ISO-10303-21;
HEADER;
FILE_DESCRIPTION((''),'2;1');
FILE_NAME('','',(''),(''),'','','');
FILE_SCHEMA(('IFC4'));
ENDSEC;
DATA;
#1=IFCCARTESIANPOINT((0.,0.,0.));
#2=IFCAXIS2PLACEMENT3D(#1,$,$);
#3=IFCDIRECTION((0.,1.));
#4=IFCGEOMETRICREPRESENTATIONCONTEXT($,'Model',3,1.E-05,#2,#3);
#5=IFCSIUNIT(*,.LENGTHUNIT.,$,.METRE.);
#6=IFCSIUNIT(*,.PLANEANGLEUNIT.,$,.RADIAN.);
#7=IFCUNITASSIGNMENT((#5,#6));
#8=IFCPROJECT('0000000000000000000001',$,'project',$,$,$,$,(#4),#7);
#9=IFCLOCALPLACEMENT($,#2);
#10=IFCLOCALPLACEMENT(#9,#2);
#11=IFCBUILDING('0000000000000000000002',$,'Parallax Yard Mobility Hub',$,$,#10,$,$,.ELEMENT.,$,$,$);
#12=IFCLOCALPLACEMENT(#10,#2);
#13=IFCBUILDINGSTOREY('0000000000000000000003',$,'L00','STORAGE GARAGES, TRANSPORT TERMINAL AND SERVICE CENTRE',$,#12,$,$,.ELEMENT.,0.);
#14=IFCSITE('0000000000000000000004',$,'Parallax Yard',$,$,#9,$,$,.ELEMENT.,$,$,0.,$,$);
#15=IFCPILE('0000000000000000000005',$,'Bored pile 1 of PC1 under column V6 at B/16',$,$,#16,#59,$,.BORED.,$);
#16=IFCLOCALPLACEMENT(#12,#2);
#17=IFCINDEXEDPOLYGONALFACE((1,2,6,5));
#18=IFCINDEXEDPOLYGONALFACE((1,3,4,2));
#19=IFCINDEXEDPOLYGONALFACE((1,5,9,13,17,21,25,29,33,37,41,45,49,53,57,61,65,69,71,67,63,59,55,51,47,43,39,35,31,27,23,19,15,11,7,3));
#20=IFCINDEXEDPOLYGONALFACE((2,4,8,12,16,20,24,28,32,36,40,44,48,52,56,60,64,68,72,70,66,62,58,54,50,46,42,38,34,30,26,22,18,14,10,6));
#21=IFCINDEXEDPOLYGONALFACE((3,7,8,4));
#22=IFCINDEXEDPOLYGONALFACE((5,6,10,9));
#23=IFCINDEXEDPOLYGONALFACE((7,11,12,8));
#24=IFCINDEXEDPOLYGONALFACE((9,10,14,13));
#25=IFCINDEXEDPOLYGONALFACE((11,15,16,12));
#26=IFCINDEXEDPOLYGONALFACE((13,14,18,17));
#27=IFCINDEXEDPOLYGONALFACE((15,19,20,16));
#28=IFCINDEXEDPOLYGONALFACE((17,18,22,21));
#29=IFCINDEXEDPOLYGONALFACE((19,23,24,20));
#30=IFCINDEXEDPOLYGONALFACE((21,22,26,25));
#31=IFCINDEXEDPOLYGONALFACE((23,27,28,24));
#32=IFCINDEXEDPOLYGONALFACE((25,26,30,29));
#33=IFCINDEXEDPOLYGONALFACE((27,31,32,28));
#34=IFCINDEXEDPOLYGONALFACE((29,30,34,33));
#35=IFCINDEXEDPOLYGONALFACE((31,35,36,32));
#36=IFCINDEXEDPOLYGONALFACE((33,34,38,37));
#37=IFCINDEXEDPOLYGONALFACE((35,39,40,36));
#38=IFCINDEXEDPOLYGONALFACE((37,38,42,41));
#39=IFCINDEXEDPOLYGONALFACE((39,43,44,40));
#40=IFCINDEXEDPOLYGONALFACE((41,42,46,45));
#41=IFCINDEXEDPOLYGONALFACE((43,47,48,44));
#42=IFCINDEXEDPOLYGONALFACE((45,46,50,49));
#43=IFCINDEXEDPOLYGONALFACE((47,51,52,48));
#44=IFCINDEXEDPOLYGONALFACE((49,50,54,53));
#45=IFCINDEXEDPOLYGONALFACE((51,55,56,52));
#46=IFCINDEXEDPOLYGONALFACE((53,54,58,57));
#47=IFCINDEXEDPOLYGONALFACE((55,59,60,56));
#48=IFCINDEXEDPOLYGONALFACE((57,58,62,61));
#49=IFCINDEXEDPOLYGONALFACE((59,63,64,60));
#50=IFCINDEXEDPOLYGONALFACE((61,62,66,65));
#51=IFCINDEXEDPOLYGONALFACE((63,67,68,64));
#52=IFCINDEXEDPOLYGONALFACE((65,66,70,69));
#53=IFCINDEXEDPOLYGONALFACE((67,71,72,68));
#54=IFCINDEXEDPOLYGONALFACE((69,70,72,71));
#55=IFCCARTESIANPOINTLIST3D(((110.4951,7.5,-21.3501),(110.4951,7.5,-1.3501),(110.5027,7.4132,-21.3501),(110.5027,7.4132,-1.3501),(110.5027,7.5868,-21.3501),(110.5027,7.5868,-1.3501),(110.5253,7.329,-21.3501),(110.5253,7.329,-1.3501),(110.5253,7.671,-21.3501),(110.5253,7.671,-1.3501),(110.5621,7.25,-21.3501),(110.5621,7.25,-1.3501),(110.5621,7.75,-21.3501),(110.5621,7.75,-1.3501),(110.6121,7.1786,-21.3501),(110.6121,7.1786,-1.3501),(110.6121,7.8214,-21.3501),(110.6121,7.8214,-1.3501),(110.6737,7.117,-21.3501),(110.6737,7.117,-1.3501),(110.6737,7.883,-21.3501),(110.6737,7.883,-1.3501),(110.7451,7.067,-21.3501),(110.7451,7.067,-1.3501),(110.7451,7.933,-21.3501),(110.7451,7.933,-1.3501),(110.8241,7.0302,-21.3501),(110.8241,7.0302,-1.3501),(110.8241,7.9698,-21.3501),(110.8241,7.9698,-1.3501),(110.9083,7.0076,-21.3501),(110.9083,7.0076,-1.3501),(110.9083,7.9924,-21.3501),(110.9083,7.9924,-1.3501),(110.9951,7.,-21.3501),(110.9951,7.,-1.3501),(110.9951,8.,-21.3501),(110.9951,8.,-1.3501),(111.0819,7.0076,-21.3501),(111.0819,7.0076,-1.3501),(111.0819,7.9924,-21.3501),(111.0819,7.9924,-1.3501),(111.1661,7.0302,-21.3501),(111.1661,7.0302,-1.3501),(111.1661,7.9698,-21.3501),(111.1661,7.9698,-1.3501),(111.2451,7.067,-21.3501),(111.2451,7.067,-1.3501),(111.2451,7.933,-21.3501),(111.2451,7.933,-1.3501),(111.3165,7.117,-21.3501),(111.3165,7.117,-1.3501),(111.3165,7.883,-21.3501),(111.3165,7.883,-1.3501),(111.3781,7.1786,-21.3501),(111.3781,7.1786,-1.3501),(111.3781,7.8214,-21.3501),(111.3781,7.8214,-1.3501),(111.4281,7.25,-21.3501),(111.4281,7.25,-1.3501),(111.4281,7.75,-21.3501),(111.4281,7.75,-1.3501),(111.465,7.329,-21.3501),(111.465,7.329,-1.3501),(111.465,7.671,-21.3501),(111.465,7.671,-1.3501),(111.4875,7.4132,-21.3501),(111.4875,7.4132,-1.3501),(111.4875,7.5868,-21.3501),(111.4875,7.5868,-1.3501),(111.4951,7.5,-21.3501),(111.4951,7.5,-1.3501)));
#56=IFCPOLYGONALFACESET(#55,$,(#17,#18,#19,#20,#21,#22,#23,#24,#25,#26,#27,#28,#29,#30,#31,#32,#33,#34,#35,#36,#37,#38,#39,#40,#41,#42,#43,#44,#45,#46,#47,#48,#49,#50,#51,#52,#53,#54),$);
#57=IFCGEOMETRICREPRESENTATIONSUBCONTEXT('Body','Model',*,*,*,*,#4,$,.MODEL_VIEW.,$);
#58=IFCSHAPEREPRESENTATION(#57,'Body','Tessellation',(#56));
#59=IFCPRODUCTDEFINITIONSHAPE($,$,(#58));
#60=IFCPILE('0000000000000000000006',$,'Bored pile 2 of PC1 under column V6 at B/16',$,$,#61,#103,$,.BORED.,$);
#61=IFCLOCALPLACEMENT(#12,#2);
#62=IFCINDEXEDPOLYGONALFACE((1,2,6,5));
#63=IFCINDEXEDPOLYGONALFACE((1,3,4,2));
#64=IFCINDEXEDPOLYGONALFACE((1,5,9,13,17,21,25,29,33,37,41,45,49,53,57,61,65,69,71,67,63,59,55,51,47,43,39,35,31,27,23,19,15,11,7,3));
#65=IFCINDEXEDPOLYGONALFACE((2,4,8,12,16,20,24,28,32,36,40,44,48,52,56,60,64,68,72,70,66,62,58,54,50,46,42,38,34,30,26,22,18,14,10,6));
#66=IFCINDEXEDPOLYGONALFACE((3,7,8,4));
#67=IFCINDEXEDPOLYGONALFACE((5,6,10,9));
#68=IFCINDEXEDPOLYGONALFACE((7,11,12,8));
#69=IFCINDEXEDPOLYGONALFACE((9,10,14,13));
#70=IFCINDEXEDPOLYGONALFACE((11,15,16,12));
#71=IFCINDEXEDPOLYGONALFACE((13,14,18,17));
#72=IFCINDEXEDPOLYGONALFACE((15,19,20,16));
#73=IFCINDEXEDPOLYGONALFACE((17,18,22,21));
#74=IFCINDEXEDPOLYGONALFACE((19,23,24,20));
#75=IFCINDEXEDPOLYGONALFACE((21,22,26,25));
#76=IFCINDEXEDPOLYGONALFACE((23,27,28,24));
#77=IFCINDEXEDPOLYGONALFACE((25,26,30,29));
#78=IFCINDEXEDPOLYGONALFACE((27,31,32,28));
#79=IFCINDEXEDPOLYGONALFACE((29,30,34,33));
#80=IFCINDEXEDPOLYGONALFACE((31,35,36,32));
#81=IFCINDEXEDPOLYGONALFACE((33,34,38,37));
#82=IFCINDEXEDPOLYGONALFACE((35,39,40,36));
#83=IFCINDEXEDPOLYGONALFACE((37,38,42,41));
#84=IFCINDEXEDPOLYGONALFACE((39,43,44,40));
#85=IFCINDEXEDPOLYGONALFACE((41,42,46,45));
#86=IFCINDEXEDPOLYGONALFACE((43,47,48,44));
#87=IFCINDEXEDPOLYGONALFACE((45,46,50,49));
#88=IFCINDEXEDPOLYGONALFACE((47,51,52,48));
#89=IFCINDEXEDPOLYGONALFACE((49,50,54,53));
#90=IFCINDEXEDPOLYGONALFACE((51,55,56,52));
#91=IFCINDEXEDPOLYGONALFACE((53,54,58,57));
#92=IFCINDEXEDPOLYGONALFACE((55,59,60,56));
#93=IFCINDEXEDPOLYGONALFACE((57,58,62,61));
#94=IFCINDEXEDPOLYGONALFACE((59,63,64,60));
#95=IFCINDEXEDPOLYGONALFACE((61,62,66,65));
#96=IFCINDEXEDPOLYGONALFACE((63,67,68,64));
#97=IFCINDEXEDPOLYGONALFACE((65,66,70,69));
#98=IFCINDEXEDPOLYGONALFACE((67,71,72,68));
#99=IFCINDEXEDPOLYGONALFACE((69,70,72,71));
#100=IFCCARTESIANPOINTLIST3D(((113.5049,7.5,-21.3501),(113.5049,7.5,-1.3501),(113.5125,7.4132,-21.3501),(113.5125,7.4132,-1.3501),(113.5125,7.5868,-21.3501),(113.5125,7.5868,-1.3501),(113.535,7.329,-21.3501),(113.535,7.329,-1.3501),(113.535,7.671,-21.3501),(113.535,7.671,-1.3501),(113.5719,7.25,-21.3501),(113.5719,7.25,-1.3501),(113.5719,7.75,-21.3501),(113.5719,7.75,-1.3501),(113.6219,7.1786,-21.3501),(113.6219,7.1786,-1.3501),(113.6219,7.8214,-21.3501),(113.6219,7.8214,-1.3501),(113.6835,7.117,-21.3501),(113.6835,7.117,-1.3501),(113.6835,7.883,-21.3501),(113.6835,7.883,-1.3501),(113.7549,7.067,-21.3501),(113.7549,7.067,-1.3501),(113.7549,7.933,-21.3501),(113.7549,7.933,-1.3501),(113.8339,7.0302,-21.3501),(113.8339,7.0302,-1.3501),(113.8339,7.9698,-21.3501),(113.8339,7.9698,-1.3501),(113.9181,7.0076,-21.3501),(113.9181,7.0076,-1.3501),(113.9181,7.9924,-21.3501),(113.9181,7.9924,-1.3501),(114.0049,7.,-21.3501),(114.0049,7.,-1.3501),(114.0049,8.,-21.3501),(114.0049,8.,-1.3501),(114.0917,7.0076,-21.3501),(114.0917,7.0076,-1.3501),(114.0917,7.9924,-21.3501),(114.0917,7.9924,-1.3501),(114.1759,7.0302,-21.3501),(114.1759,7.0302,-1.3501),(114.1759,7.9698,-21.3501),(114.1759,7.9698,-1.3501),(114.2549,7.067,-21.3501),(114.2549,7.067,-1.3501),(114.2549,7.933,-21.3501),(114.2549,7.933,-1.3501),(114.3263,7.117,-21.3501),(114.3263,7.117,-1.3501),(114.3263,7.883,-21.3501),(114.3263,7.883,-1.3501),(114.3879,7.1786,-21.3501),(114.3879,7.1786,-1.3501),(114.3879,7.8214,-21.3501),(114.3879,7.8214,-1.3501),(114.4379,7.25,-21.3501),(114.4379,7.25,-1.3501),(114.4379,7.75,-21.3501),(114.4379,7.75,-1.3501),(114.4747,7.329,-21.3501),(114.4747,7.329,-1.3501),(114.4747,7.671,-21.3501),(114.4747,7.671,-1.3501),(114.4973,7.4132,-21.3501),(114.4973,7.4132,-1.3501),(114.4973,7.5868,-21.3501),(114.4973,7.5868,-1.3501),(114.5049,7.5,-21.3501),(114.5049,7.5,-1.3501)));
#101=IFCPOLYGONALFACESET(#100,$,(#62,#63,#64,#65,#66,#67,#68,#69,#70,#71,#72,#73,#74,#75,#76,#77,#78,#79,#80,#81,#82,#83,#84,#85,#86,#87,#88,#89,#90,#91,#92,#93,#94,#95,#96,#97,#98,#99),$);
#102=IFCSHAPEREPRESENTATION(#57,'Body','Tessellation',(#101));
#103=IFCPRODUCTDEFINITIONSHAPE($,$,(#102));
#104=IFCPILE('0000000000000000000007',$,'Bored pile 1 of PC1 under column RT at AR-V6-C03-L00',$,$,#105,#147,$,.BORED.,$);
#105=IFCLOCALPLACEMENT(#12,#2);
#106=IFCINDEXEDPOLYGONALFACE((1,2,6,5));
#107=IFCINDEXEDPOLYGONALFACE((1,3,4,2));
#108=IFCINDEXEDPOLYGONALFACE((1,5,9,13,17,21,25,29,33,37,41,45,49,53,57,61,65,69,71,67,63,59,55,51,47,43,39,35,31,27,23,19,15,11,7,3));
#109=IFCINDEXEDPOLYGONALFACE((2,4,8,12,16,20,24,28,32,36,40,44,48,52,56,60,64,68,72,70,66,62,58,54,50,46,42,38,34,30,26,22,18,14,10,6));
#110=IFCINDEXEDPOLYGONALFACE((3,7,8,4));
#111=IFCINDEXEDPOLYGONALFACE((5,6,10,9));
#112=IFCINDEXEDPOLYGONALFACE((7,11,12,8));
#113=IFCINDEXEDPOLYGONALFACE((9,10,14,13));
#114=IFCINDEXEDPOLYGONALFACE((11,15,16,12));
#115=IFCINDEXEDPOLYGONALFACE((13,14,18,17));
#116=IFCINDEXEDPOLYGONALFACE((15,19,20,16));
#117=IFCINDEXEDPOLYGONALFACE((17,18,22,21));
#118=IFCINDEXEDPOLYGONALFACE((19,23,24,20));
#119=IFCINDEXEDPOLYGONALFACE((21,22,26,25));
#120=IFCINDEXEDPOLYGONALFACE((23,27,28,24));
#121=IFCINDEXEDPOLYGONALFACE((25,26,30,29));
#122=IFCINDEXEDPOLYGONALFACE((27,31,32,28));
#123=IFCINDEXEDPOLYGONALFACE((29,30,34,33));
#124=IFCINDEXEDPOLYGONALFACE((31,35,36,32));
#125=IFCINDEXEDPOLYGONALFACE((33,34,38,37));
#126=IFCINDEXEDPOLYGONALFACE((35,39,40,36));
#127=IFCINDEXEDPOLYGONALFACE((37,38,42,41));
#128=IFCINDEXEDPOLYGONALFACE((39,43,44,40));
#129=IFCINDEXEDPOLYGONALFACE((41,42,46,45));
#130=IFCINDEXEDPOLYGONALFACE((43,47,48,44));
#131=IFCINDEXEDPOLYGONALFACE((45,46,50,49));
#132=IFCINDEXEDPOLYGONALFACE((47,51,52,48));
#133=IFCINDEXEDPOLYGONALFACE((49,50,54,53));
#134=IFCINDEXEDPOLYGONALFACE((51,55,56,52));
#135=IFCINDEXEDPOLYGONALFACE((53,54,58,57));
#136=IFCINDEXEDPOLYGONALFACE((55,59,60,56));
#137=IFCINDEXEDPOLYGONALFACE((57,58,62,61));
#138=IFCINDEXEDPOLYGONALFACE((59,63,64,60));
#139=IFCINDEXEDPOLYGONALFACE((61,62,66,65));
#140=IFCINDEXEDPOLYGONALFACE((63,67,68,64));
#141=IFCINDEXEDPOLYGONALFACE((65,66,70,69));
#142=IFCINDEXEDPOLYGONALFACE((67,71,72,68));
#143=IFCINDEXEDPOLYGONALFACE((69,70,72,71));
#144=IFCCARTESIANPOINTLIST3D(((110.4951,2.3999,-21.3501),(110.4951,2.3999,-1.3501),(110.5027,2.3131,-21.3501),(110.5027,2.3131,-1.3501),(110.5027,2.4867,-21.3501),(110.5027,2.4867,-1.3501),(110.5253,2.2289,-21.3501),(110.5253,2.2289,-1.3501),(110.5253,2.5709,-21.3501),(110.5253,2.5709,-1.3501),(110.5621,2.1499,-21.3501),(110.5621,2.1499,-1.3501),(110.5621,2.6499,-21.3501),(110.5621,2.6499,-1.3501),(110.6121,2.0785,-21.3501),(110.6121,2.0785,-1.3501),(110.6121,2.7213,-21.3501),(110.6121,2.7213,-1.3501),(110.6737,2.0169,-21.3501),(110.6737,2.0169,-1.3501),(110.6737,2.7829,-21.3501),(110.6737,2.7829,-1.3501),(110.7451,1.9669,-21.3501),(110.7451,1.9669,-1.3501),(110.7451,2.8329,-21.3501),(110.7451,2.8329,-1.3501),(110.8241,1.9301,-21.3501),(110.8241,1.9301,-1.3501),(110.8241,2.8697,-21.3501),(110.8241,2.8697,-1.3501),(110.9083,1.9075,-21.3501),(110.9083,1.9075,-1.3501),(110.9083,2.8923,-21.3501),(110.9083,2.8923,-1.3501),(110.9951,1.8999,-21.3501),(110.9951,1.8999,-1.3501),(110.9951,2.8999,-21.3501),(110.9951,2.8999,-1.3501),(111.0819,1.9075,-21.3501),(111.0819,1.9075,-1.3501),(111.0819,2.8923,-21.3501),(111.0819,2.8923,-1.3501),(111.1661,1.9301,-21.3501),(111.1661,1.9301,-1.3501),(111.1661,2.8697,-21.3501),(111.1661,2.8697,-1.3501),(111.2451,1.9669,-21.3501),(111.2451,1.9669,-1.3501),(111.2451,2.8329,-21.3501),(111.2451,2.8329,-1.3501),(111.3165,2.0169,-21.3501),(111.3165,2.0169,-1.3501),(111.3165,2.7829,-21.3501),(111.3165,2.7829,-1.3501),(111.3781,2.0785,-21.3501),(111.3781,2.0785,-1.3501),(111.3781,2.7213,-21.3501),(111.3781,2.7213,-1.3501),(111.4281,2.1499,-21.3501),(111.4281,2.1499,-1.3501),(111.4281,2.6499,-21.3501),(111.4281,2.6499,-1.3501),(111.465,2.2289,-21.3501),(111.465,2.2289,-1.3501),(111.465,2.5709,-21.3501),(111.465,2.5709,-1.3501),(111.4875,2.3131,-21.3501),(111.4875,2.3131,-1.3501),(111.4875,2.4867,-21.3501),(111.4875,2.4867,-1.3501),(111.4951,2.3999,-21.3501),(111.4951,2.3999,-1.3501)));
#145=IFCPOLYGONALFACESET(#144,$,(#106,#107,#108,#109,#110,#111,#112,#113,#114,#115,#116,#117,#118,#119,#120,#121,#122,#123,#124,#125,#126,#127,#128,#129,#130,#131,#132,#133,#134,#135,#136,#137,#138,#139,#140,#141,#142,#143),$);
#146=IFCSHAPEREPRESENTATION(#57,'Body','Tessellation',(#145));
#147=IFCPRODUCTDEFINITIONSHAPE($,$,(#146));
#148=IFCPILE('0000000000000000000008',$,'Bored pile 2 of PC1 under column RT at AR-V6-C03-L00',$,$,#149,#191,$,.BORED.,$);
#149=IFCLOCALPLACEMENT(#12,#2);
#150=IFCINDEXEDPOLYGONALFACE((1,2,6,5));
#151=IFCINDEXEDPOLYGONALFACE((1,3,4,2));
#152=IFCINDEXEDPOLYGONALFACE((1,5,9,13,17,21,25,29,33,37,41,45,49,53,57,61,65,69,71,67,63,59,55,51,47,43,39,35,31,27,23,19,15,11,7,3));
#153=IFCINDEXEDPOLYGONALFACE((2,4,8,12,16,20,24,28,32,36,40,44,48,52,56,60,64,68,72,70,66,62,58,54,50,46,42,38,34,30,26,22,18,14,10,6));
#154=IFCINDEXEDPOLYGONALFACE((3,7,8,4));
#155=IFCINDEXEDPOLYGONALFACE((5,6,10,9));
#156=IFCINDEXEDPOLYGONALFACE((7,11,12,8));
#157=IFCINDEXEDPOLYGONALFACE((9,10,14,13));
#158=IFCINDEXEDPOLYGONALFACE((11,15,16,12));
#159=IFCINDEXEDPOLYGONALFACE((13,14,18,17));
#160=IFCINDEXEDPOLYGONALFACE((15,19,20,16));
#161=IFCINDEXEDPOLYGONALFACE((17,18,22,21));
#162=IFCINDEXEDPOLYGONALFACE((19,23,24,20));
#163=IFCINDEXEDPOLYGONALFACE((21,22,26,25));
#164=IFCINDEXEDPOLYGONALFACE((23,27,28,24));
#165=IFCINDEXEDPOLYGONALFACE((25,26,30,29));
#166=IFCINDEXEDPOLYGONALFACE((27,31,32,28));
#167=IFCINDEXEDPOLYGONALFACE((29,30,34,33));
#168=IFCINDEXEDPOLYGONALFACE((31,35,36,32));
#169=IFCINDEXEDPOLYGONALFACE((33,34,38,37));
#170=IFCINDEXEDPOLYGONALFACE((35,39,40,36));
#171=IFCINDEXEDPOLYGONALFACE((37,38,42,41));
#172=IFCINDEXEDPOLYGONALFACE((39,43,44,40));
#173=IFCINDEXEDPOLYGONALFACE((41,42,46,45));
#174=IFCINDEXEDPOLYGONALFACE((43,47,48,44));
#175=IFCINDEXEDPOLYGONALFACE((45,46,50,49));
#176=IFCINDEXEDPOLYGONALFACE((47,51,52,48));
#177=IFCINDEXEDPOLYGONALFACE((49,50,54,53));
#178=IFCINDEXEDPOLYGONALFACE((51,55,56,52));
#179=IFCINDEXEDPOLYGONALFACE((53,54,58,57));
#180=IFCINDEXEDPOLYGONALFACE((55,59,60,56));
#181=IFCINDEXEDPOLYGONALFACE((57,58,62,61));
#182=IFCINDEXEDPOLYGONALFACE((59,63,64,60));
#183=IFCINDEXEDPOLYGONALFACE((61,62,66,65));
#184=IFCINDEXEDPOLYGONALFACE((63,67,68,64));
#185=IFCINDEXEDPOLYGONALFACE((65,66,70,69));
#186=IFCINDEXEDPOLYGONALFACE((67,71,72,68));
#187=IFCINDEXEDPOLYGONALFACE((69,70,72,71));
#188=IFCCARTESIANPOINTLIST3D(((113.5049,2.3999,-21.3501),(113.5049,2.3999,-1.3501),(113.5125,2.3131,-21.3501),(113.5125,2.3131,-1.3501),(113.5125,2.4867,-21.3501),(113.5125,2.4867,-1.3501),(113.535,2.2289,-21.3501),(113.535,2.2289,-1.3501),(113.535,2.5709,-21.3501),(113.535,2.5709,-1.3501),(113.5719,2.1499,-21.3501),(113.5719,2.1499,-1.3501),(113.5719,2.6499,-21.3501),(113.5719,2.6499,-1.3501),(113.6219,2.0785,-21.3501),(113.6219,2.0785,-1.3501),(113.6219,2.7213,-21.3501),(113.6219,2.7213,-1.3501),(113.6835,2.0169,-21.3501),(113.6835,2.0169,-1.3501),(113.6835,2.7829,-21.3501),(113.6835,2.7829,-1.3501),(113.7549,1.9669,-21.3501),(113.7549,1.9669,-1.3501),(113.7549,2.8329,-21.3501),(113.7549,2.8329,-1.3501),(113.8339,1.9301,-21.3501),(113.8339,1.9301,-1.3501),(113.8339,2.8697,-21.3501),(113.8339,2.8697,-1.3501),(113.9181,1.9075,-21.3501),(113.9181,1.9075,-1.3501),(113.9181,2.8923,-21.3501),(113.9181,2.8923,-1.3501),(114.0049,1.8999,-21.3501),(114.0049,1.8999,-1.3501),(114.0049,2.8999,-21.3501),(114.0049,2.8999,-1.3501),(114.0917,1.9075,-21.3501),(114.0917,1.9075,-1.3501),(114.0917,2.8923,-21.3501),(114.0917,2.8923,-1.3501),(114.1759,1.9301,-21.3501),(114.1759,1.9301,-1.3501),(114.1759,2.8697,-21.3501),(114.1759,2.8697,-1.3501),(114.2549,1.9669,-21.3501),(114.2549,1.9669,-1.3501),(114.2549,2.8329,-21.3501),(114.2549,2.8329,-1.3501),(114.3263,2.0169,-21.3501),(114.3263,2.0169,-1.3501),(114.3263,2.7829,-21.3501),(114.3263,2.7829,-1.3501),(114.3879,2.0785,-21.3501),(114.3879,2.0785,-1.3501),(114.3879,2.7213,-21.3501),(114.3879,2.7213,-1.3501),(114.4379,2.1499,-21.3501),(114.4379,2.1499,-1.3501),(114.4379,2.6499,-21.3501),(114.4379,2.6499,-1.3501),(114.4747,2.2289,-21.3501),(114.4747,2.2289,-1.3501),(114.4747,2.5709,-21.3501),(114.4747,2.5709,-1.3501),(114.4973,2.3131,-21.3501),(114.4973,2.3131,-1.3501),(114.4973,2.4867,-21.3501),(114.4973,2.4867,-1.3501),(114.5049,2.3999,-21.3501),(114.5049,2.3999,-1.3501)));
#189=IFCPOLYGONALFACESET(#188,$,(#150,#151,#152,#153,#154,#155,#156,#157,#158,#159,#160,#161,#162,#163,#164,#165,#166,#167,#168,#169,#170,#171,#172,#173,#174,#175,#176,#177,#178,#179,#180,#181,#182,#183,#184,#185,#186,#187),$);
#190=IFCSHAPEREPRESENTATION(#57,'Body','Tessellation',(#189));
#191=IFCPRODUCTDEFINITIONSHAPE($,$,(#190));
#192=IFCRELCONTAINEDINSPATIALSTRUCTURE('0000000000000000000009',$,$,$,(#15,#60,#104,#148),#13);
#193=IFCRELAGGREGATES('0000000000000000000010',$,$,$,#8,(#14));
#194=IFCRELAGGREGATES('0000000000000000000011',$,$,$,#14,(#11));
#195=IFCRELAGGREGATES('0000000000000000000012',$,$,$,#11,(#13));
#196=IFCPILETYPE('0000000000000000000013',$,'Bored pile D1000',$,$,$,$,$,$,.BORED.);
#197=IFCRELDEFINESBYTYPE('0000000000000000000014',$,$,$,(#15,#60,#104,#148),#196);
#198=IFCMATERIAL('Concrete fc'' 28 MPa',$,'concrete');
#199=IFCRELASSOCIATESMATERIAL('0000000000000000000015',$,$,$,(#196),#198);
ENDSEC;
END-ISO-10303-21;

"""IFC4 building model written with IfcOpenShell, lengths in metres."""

from ifc_helpers import new_model, si_unit, direction, frame, origin, origin_2d, place, context, subcontext, project, spatial, circle, extrude, material, material_profile, profile_set, type_object, element, save


model = new_model("IFC4")

# Units and contexts
model_context = context("Model", 3, precision=1e-05, world=origin(), true_north=direction((0.0, 1.0)))
body_context = subcontext(model_context, "Body", "Model", "MODEL_VIEW")
ifc_project = project(units=[si_unit("LENGTHUNIT", "METRE"), si_unit("PLANEANGLEUNIT", "RADIAN")], contexts=[model_context])

# Site, building, storey
site_placement = place(None, origin())
site = spatial("IfcSite", under=ifc_project, at=site_placement, Name="Parallax Yard", CompositionType="ELEMENT", RefElevation=0.0)
building_placement = place(site_placement, origin())
building = spatial("IfcBuilding", under=site, at=building_placement, Name="Parallax Yard Mobility Hub", CompositionType="ELEMENT")
storey_placement = place(building_placement, origin())
storey = spatial("IfcBuildingStorey", under=building, at=storey_placement, Name="L00", Description="STORAGE GARAGES, TRANSPORT TERMINAL AND SERVICE CENTRE", CompositionType="ELEMENT", Elevation=0.0)

# Piles
ifc_material_1 = material(Name="Concrete fc' 28 MPa", Category="concrete")
ifc_material_profile_1 = material_profile(ifc_material_1, circle(Radius=0.5, at=origin_2d()), Name="Bored pile D1000")
ifc_profile_set_1 = profile_set([ifc_material_profile_1], Name="Concrete fc' 28 MPa")
pile_type = type_object("IfcPileType", Name="Bored pile D1000", PredefinedType="BORED", material=ifc_profile_set_1)
for number, where, z_axis, x_axis, name in (
    (1, (110.9951, 7.5, -1.3501), (0.0, 0.0, -1.0), (1.0, 0.0, 0.0), "Bored pile 1 of PC1 under column V6 at B/16"),
    (2, (114.0049, 7.5, -1.3501), (0.0, 0.0, -1.0), (1.0, 0.0, 0.0), "Bored pile 2 of PC1 under column V6 at B/16"),
    (3, (110.9951, 2.3999, -1.3501), (0.0, 0.0, -1.0), (1.0, 0.0, 0.0), "Bored pile 1 of PC1 under column RT at AR-V6-C03-L00"),
    (4, (114.0049, 2.3999, -1.3501), (0.0, 0.0, -1.0), (1.0, 0.0, 0.0), "Bored pile 2 of PC1 under column RT at AR-V6-C03-L00"),
):
    element("IfcPile", number, at=place(storey_placement, frame(where, z_axis=z_axis, x_axis=x_axis)), inside=storey, type_object=pile_type, Name=name, PredefinedType="BORED", context=body_context, shape_type="SweptSolid", body=[
        extrude(circle(Radius=0.5, at=origin_2d()), origin(), (0.0, 0.0, 1.0), 20.0),
    ])

save(model, "model.ifc")
